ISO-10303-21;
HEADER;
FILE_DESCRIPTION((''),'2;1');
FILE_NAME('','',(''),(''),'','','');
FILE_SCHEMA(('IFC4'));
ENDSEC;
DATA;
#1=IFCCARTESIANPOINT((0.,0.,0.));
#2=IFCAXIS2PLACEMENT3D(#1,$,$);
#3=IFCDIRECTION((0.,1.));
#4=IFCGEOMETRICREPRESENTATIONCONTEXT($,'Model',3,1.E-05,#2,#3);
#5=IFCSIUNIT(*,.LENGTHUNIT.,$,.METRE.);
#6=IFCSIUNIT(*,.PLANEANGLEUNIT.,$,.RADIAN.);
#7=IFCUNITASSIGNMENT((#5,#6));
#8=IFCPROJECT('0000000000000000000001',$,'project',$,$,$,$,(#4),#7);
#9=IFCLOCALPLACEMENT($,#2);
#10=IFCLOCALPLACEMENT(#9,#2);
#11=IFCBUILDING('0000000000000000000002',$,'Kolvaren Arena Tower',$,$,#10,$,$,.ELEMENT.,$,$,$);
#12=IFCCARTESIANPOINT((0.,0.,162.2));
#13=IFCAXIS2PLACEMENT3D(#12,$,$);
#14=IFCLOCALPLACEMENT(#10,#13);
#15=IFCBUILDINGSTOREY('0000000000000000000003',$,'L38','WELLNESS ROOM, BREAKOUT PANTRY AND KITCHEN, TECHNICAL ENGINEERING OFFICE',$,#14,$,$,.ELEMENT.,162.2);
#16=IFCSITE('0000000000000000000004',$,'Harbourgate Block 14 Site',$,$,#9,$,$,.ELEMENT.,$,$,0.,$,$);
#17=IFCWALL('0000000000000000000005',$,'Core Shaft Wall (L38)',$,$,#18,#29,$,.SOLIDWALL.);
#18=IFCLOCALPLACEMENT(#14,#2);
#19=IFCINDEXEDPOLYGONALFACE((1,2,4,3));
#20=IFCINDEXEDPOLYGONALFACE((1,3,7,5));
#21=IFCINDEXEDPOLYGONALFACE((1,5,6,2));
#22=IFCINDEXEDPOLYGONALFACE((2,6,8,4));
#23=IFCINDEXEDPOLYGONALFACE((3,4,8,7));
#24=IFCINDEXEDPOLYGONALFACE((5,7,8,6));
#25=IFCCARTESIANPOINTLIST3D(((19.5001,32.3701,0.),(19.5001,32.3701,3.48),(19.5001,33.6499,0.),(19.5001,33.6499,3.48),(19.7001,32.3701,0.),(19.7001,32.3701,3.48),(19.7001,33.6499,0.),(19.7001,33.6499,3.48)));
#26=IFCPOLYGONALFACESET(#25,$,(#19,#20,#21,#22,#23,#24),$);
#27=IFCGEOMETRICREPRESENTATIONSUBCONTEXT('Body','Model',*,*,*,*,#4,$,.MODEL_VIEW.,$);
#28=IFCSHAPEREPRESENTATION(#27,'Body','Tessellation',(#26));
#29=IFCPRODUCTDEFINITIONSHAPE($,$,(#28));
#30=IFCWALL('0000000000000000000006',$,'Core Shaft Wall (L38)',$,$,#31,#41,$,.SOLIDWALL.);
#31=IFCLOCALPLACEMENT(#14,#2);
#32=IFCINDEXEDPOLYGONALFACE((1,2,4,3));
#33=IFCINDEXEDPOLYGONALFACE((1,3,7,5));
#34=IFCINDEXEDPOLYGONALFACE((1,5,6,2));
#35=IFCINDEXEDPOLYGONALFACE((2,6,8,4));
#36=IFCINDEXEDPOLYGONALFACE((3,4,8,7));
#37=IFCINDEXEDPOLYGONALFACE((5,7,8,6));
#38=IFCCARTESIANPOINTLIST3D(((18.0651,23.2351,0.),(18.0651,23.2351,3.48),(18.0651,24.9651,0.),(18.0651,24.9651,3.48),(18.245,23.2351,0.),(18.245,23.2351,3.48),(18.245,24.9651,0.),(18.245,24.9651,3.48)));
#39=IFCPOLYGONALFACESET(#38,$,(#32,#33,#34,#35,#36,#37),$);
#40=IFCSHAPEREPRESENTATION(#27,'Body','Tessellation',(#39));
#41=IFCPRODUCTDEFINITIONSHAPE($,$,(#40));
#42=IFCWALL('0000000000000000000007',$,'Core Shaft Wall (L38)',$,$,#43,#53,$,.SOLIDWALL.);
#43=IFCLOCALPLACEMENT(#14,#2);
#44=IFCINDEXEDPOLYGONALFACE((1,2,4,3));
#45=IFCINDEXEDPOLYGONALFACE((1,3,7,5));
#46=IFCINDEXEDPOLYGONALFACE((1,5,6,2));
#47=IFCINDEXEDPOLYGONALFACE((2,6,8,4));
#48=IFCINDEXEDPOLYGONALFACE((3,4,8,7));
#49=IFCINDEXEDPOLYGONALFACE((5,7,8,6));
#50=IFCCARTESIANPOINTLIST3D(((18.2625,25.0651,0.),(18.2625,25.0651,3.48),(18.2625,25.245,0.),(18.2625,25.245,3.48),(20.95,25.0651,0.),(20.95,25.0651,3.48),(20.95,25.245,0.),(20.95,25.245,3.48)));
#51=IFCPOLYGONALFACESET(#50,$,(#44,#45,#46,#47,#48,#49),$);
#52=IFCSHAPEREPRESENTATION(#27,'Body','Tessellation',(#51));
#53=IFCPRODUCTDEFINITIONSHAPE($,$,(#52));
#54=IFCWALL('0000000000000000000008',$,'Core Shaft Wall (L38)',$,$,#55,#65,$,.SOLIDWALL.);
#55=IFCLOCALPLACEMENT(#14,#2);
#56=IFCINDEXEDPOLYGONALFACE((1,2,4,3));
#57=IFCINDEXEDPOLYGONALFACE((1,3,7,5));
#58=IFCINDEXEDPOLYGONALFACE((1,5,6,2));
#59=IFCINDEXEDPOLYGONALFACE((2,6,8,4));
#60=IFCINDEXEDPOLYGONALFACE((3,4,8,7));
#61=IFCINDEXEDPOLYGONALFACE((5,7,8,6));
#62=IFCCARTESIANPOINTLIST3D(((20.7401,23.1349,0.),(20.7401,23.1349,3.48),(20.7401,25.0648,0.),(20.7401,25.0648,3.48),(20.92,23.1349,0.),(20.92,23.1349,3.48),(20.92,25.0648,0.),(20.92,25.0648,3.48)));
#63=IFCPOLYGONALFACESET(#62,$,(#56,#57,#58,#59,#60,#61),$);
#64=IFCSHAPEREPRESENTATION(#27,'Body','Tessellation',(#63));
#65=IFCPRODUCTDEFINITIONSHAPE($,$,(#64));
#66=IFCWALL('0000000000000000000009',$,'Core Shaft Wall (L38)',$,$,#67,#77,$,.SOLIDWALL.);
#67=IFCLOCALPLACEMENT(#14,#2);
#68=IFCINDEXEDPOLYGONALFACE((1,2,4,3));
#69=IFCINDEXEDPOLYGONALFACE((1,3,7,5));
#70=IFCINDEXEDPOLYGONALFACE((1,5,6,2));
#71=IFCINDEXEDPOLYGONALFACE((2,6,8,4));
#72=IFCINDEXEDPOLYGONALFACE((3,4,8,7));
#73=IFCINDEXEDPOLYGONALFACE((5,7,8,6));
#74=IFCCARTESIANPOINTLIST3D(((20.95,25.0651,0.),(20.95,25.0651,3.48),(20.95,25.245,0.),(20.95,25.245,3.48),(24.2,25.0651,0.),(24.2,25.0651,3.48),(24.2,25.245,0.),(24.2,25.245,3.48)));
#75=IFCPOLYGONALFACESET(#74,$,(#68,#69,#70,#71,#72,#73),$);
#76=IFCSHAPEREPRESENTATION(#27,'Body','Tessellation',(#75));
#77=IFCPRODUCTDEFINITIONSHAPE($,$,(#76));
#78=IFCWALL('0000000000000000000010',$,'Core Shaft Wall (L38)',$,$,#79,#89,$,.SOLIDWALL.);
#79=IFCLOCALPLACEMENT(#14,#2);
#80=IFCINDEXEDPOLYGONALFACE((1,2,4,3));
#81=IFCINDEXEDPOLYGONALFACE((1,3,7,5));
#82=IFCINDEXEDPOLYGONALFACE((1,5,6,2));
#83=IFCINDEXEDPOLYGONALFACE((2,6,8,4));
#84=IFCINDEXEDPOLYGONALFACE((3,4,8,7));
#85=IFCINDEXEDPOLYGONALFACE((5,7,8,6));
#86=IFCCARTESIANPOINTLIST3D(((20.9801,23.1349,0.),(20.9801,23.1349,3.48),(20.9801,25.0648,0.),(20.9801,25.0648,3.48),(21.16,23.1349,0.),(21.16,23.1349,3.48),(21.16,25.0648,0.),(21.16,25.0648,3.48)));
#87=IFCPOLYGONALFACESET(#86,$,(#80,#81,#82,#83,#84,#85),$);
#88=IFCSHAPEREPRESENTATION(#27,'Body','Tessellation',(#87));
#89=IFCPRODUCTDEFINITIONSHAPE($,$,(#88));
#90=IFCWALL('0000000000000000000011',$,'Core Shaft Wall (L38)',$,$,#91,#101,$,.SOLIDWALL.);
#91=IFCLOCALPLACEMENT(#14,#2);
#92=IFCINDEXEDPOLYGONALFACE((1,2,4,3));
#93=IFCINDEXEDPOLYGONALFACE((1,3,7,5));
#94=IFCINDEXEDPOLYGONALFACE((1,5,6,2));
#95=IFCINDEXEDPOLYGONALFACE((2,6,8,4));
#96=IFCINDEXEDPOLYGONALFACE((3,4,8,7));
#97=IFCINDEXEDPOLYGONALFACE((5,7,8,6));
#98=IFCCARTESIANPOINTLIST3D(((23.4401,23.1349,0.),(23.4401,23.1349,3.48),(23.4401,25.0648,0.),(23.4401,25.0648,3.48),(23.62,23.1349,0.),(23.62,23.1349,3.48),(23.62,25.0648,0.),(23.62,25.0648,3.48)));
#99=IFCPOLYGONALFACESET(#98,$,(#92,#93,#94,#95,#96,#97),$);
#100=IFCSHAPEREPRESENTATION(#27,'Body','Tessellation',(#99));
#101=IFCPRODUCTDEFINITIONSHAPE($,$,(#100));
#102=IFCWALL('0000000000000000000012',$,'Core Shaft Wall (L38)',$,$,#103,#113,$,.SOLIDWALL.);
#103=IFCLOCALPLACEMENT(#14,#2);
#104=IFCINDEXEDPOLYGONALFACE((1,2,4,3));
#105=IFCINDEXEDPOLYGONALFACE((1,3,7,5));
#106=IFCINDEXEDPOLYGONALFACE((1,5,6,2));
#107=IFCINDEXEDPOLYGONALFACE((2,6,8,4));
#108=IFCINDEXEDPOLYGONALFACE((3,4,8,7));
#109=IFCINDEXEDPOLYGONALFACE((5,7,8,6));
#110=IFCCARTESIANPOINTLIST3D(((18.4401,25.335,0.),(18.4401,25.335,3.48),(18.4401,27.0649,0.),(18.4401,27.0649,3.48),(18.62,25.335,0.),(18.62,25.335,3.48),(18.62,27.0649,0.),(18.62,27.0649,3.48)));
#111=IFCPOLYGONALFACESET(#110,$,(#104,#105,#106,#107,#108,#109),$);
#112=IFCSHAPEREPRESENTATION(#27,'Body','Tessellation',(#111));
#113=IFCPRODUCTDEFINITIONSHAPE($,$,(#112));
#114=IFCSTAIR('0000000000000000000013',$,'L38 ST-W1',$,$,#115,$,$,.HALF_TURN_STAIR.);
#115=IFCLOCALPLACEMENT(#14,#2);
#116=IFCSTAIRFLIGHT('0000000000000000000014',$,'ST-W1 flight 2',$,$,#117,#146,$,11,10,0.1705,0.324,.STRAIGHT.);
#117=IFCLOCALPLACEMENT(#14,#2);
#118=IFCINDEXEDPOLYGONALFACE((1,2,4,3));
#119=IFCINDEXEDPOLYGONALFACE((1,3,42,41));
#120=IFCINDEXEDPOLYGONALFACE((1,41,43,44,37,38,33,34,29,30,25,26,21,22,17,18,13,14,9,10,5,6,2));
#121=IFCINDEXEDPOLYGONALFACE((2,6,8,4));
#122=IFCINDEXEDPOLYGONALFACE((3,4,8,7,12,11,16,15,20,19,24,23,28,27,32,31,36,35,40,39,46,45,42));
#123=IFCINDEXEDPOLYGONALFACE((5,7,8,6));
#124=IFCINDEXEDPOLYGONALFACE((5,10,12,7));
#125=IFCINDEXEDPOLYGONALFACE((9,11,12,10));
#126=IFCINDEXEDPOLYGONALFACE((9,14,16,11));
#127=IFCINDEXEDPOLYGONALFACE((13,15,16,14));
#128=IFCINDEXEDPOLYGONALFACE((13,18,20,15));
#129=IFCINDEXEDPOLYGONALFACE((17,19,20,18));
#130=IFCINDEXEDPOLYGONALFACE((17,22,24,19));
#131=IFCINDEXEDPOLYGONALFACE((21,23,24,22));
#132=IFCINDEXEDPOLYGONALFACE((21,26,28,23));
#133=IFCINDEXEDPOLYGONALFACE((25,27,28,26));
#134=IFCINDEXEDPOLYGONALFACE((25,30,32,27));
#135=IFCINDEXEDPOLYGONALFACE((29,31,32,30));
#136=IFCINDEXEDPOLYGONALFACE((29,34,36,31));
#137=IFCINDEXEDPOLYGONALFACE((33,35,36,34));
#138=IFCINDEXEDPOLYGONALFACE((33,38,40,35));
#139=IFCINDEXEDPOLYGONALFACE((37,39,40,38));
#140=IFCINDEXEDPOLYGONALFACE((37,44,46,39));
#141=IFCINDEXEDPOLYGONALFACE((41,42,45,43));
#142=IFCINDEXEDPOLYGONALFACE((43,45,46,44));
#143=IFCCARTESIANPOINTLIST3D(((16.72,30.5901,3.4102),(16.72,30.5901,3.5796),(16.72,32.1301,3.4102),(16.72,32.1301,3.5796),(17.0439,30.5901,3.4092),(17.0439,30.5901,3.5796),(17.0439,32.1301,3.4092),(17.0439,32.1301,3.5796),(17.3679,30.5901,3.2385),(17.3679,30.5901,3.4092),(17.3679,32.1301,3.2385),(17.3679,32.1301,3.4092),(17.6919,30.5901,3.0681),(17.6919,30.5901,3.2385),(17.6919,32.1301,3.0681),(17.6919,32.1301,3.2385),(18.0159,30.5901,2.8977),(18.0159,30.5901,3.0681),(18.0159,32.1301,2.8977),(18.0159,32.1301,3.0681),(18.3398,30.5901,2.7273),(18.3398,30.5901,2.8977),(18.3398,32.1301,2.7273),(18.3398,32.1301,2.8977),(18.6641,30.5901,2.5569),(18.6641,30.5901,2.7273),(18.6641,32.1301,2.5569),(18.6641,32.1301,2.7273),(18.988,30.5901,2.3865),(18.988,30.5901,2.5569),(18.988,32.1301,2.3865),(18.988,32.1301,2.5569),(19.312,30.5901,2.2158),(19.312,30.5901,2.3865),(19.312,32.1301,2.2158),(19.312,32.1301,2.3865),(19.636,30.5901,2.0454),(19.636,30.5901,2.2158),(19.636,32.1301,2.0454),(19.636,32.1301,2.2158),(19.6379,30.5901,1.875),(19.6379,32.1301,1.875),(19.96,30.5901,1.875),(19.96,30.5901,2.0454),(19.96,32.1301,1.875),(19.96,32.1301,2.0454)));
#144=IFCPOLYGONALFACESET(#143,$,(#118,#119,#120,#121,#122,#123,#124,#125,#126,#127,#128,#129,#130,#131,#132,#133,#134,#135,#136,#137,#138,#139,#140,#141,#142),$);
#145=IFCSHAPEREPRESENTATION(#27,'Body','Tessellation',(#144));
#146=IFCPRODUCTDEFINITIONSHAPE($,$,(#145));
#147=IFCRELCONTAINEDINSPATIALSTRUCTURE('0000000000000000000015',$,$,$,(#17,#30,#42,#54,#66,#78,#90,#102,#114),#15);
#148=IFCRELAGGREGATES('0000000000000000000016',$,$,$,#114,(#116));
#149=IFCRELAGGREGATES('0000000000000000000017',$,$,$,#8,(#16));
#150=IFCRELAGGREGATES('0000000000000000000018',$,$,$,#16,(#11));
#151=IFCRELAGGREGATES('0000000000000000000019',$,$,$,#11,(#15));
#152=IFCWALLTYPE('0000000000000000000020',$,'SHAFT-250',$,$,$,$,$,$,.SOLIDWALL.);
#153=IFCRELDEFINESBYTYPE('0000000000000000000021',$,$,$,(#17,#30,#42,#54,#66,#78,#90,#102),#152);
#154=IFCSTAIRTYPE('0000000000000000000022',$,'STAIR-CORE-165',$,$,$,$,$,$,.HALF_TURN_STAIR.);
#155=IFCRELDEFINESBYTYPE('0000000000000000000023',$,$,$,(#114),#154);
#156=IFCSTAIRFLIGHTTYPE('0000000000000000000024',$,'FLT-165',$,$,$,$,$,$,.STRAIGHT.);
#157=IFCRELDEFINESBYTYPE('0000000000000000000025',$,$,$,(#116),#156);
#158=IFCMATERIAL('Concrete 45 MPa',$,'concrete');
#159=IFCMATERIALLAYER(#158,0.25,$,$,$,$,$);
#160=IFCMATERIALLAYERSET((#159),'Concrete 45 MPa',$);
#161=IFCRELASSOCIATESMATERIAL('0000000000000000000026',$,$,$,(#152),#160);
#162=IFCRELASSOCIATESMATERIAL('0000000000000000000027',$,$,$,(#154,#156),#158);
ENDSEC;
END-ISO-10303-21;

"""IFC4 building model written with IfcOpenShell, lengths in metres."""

from ifc_helpers import new_model, si_unit, direction, frame, frame_2d, origin, place, context, subcontext, project, spatial, polyline, rectangle, outline, extrude, material, layer, layer_set, type_object, element, aggregate, save


model = new_model("IFC4")

# Units and contexts
model_context = context("Model", 3, precision=1e-05, world=origin(), true_north=direction((0.0, 1.0)))
body_context = subcontext(model_context, "Body", "Model", "MODEL_VIEW")
ifc_project = project(units=[si_unit("LENGTHUNIT", "METRE"), si_unit("PLANEANGLEUNIT", "RADIAN")], contexts=[model_context])

# Site, building, storey
site_placement = place(None, origin())
site = spatial("IfcSite", under=ifc_project, at=site_placement, Name="Harbourgate Block 14 Site", CompositionType="ELEMENT", RefElevation=0.0)
building_placement = place(site_placement, origin())
building = spatial("IfcBuilding", under=site, at=building_placement, Name="Kolvaren Arena Tower", CompositionType="ELEMENT")
storey_placement = place(building_placement, frame((0.0, 0.0, 162.2)))
storey = spatial("IfcBuildingStorey", under=building, at=storey_placement, Name="L38", Description="WELLNESS ROOM, BREAKOUT PANTRY AND KITCHEN, TECHNICAL ENGINEERING OFFICE", CompositionType="ELEMENT", Elevation=162.2)

# Shared definitions
ifc_material_1 = material(Name="Concrete 45 MPa", Category="concrete")
ifc_layer = layer(ifc_material_1, 0.25)
ifc_layer_set = layer_set([ifc_layer], Name="Concrete 45 MPa")
wall_type = type_object("IfcWallType", Name="SHAFT-250", PredefinedType="SOLIDWALL", material=ifc_layer_set)

# Walls
wall_1_placement = place(storey_placement, frame((19.6001, 32.3701, 0.0), z_axis=(0.0, 0.0, 1.0), x_axis=(0.0, 1.0, 0.0)))
element("IfcWall", 1, at=wall_1_placement, inside=storey, type_object=wall_type, Name="Core Shaft Wall (L38)", PredefinedType="SOLIDWALL", context=body_context, shape_type="SweptSolid", body=[
    extrude(rectangle(XDim=1.2798, YDim=0.2, at=frame_2d((0.6399, 0.0))), origin(), (0.0, 0.0, 1.0), 3.48),
])
wall_2_placement = place(storey_placement, frame((18.155, 23.2351, 0.0), z_axis=(0.0, 0.0, 1.0), x_axis=(0.0, 1.0, 0.0)))
element("IfcWall", 2, at=wall_2_placement, inside=storey, type_object=wall_type, Name="Core Shaft Wall (L38)", PredefinedType="SOLIDWALL", context=body_context, shape_type="SweptSolid", body=[
    extrude(rectangle(XDim=1.73, YDim=0.1799, at=frame_2d((0.865, 0.0))), origin(), (0.0, 0.0, 1.0), 3.48),
])
wall_3_placement = place(storey_placement, frame((18.2625, 25.155, 0.0), z_axis=(0.0, 0.0, 1.0), x_axis=(1.0, 0.0, 0.0)))
element("IfcWall", 3, at=wall_3_placement, inside=storey, type_object=wall_type, Name="Core Shaft Wall (L38)", PredefinedType="SOLIDWALL", context=body_context, shape_type="SweptSolid", body=[
    extrude(rectangle(XDim=2.6875, YDim=0.1799, at=frame_2d((1.3438, 0.0))), origin(), (0.0, 0.0, 1.0), 3.48),
])
wall_4_placement = place(storey_placement, frame((20.8301, 23.135, 0.0), z_axis=(0.0, 0.0, 1.0), x_axis=(0.0, 1.0, 0.0)))
element("IfcWall", 4, at=wall_4_placement, inside=storey, type_object=wall_type, Name="Core Shaft Wall (L38)", PredefinedType="SOLIDWALL", context=body_context, shape_type="SweptSolid", body=[
    extrude(rectangle(XDim=1.9299, YDim=0.1799, at=frame_2d((0.9648, 0.0))), origin(), (0.0, 0.0, 1.0), 3.48),
])
wall_5_placement = place(storey_placement, frame((20.95, 25.155, 0.0), z_axis=(0.0, 0.0, 1.0), x_axis=(1.0, 0.0, 0.0)))
element("IfcWall", 5, at=wall_5_placement, inside=storey, type_object=wall_type, Name="Core Shaft Wall (L38)", PredefinedType="SOLIDWALL", context=body_context, shape_type="SweptSolid", body=[
    extrude(rectangle(XDim=3.25, YDim=0.1799, at=frame_2d((1.625, 0.0))), origin(), (0.0, 0.0, 1.0), 3.48),
])
for number, where, z_axis, x_axis, name in (
    (6, (21.0701, 23.135, 0.0), (0.0, 0.0, 1.0), (0.0, 1.0, 0.0), "Core Shaft Wall (L38)"),
    (7, (23.53, 23.135, 0.0), (0.0, 0.0, 1.0), (0.0, 1.0, 0.0), "Core Shaft Wall (L38)"),
):
    element("IfcWall", number, at=place(storey_placement, frame(where, z_axis=z_axis, x_axis=x_axis)), inside=storey, type_object=wall_type, Name=name, PredefinedType="SOLIDWALL", context=body_context, shape_type="SweptSolid", body=[
        extrude(rectangle(XDim=1.9299, YDim=0.1799, at=frame_2d((0.9648, 0.0))), origin(), (0.0, 0.0, 1.0), 3.48),
    ])
wall_6_placement = place(storey_placement, frame((18.53, 25.335, 0.0), z_axis=(0.0, 0.0, 1.0), x_axis=(0.0, 1.0, 0.0)))
element("IfcWall", 8, at=wall_6_placement, inside=storey, type_object=wall_type, Name="Core Shaft Wall (L38)", PredefinedType="SOLIDWALL", context=body_context, shape_type="SweptSolid", body=[
    extrude(rectangle(XDim=1.73, YDim=0.1799, at=frame_2d((0.865, 0.0))), origin(), (0.0, 0.0, 1.0), 3.48),
])

# Stair, stair flight
stair_type = type_object("IfcStairType", Name="STAIR-CORE-165", PredefinedType="HALF_TURN_STAIR", material=ifc_material_1)
stair_placement = place(storey_placement, origin())
stair = element("IfcStair", 9, at=stair_placement, inside=storey, type_object=stair_type, Name="L38 ST-W1", PredefinedType="HALF_TURN_STAIR")
stair_flight_type = type_object("IfcStairFlightType", Name="FLT-165", PredefinedType="STRAIGHT", material=ifc_material_1)
stair_flight_placement = place(storey_placement, frame((19.96, 31.3601, 1.875), z_axis=(0.0, 0.0, 1.0), x_axis=(-1.0, 0.0, 0.0)))
stair_flight = element("IfcStairFlight", 10, at=stair_flight_placement, type_object=stair_flight_type, Name="ST-W1 flight 2", NumberOfRisers=11, NumberOfTreads=10, PredefinedType="STRAIGHT", RiserHeight=0.1705, TreadLength=0.324, context=body_context, shape_type="SweptSolid", body=[
    extrude(outline(polyline([(0.0, 0.0), (0.0, 0.1704), (0.324, 0.1704), (0.324, 0.3408), (0.6479, 0.3408), (0.6479, 0.5115), (0.9719, 0.5115), (0.9719, 0.6819), (1.2959, 0.6819), (1.2959, 0.8523), (1.6201, 0.8523), (1.6201, 1.0227), (1.9441, 1.0227), (1.9441, 1.1931), (2.2681, 1.1931), (2.2681, 1.3635), (2.592, 1.3635), (2.592, 1.5342), (2.916, 1.5342), (2.916, 1.7046), (3.24, 1.7046), (3.24, 1.875), (3.24, 1.5352), (0.322, 0.0), (0.0, 0.0)])), frame((0.0, 0.77, 0.0), z_axis=(0.0, -1.0, 0.0), x_axis=(1.0, 0.0, 0.0)), (0.0, 0.0, 1.0), 1.54),
])
aggregate(stair, [stair_flight])

save(model, "model.ifc")
